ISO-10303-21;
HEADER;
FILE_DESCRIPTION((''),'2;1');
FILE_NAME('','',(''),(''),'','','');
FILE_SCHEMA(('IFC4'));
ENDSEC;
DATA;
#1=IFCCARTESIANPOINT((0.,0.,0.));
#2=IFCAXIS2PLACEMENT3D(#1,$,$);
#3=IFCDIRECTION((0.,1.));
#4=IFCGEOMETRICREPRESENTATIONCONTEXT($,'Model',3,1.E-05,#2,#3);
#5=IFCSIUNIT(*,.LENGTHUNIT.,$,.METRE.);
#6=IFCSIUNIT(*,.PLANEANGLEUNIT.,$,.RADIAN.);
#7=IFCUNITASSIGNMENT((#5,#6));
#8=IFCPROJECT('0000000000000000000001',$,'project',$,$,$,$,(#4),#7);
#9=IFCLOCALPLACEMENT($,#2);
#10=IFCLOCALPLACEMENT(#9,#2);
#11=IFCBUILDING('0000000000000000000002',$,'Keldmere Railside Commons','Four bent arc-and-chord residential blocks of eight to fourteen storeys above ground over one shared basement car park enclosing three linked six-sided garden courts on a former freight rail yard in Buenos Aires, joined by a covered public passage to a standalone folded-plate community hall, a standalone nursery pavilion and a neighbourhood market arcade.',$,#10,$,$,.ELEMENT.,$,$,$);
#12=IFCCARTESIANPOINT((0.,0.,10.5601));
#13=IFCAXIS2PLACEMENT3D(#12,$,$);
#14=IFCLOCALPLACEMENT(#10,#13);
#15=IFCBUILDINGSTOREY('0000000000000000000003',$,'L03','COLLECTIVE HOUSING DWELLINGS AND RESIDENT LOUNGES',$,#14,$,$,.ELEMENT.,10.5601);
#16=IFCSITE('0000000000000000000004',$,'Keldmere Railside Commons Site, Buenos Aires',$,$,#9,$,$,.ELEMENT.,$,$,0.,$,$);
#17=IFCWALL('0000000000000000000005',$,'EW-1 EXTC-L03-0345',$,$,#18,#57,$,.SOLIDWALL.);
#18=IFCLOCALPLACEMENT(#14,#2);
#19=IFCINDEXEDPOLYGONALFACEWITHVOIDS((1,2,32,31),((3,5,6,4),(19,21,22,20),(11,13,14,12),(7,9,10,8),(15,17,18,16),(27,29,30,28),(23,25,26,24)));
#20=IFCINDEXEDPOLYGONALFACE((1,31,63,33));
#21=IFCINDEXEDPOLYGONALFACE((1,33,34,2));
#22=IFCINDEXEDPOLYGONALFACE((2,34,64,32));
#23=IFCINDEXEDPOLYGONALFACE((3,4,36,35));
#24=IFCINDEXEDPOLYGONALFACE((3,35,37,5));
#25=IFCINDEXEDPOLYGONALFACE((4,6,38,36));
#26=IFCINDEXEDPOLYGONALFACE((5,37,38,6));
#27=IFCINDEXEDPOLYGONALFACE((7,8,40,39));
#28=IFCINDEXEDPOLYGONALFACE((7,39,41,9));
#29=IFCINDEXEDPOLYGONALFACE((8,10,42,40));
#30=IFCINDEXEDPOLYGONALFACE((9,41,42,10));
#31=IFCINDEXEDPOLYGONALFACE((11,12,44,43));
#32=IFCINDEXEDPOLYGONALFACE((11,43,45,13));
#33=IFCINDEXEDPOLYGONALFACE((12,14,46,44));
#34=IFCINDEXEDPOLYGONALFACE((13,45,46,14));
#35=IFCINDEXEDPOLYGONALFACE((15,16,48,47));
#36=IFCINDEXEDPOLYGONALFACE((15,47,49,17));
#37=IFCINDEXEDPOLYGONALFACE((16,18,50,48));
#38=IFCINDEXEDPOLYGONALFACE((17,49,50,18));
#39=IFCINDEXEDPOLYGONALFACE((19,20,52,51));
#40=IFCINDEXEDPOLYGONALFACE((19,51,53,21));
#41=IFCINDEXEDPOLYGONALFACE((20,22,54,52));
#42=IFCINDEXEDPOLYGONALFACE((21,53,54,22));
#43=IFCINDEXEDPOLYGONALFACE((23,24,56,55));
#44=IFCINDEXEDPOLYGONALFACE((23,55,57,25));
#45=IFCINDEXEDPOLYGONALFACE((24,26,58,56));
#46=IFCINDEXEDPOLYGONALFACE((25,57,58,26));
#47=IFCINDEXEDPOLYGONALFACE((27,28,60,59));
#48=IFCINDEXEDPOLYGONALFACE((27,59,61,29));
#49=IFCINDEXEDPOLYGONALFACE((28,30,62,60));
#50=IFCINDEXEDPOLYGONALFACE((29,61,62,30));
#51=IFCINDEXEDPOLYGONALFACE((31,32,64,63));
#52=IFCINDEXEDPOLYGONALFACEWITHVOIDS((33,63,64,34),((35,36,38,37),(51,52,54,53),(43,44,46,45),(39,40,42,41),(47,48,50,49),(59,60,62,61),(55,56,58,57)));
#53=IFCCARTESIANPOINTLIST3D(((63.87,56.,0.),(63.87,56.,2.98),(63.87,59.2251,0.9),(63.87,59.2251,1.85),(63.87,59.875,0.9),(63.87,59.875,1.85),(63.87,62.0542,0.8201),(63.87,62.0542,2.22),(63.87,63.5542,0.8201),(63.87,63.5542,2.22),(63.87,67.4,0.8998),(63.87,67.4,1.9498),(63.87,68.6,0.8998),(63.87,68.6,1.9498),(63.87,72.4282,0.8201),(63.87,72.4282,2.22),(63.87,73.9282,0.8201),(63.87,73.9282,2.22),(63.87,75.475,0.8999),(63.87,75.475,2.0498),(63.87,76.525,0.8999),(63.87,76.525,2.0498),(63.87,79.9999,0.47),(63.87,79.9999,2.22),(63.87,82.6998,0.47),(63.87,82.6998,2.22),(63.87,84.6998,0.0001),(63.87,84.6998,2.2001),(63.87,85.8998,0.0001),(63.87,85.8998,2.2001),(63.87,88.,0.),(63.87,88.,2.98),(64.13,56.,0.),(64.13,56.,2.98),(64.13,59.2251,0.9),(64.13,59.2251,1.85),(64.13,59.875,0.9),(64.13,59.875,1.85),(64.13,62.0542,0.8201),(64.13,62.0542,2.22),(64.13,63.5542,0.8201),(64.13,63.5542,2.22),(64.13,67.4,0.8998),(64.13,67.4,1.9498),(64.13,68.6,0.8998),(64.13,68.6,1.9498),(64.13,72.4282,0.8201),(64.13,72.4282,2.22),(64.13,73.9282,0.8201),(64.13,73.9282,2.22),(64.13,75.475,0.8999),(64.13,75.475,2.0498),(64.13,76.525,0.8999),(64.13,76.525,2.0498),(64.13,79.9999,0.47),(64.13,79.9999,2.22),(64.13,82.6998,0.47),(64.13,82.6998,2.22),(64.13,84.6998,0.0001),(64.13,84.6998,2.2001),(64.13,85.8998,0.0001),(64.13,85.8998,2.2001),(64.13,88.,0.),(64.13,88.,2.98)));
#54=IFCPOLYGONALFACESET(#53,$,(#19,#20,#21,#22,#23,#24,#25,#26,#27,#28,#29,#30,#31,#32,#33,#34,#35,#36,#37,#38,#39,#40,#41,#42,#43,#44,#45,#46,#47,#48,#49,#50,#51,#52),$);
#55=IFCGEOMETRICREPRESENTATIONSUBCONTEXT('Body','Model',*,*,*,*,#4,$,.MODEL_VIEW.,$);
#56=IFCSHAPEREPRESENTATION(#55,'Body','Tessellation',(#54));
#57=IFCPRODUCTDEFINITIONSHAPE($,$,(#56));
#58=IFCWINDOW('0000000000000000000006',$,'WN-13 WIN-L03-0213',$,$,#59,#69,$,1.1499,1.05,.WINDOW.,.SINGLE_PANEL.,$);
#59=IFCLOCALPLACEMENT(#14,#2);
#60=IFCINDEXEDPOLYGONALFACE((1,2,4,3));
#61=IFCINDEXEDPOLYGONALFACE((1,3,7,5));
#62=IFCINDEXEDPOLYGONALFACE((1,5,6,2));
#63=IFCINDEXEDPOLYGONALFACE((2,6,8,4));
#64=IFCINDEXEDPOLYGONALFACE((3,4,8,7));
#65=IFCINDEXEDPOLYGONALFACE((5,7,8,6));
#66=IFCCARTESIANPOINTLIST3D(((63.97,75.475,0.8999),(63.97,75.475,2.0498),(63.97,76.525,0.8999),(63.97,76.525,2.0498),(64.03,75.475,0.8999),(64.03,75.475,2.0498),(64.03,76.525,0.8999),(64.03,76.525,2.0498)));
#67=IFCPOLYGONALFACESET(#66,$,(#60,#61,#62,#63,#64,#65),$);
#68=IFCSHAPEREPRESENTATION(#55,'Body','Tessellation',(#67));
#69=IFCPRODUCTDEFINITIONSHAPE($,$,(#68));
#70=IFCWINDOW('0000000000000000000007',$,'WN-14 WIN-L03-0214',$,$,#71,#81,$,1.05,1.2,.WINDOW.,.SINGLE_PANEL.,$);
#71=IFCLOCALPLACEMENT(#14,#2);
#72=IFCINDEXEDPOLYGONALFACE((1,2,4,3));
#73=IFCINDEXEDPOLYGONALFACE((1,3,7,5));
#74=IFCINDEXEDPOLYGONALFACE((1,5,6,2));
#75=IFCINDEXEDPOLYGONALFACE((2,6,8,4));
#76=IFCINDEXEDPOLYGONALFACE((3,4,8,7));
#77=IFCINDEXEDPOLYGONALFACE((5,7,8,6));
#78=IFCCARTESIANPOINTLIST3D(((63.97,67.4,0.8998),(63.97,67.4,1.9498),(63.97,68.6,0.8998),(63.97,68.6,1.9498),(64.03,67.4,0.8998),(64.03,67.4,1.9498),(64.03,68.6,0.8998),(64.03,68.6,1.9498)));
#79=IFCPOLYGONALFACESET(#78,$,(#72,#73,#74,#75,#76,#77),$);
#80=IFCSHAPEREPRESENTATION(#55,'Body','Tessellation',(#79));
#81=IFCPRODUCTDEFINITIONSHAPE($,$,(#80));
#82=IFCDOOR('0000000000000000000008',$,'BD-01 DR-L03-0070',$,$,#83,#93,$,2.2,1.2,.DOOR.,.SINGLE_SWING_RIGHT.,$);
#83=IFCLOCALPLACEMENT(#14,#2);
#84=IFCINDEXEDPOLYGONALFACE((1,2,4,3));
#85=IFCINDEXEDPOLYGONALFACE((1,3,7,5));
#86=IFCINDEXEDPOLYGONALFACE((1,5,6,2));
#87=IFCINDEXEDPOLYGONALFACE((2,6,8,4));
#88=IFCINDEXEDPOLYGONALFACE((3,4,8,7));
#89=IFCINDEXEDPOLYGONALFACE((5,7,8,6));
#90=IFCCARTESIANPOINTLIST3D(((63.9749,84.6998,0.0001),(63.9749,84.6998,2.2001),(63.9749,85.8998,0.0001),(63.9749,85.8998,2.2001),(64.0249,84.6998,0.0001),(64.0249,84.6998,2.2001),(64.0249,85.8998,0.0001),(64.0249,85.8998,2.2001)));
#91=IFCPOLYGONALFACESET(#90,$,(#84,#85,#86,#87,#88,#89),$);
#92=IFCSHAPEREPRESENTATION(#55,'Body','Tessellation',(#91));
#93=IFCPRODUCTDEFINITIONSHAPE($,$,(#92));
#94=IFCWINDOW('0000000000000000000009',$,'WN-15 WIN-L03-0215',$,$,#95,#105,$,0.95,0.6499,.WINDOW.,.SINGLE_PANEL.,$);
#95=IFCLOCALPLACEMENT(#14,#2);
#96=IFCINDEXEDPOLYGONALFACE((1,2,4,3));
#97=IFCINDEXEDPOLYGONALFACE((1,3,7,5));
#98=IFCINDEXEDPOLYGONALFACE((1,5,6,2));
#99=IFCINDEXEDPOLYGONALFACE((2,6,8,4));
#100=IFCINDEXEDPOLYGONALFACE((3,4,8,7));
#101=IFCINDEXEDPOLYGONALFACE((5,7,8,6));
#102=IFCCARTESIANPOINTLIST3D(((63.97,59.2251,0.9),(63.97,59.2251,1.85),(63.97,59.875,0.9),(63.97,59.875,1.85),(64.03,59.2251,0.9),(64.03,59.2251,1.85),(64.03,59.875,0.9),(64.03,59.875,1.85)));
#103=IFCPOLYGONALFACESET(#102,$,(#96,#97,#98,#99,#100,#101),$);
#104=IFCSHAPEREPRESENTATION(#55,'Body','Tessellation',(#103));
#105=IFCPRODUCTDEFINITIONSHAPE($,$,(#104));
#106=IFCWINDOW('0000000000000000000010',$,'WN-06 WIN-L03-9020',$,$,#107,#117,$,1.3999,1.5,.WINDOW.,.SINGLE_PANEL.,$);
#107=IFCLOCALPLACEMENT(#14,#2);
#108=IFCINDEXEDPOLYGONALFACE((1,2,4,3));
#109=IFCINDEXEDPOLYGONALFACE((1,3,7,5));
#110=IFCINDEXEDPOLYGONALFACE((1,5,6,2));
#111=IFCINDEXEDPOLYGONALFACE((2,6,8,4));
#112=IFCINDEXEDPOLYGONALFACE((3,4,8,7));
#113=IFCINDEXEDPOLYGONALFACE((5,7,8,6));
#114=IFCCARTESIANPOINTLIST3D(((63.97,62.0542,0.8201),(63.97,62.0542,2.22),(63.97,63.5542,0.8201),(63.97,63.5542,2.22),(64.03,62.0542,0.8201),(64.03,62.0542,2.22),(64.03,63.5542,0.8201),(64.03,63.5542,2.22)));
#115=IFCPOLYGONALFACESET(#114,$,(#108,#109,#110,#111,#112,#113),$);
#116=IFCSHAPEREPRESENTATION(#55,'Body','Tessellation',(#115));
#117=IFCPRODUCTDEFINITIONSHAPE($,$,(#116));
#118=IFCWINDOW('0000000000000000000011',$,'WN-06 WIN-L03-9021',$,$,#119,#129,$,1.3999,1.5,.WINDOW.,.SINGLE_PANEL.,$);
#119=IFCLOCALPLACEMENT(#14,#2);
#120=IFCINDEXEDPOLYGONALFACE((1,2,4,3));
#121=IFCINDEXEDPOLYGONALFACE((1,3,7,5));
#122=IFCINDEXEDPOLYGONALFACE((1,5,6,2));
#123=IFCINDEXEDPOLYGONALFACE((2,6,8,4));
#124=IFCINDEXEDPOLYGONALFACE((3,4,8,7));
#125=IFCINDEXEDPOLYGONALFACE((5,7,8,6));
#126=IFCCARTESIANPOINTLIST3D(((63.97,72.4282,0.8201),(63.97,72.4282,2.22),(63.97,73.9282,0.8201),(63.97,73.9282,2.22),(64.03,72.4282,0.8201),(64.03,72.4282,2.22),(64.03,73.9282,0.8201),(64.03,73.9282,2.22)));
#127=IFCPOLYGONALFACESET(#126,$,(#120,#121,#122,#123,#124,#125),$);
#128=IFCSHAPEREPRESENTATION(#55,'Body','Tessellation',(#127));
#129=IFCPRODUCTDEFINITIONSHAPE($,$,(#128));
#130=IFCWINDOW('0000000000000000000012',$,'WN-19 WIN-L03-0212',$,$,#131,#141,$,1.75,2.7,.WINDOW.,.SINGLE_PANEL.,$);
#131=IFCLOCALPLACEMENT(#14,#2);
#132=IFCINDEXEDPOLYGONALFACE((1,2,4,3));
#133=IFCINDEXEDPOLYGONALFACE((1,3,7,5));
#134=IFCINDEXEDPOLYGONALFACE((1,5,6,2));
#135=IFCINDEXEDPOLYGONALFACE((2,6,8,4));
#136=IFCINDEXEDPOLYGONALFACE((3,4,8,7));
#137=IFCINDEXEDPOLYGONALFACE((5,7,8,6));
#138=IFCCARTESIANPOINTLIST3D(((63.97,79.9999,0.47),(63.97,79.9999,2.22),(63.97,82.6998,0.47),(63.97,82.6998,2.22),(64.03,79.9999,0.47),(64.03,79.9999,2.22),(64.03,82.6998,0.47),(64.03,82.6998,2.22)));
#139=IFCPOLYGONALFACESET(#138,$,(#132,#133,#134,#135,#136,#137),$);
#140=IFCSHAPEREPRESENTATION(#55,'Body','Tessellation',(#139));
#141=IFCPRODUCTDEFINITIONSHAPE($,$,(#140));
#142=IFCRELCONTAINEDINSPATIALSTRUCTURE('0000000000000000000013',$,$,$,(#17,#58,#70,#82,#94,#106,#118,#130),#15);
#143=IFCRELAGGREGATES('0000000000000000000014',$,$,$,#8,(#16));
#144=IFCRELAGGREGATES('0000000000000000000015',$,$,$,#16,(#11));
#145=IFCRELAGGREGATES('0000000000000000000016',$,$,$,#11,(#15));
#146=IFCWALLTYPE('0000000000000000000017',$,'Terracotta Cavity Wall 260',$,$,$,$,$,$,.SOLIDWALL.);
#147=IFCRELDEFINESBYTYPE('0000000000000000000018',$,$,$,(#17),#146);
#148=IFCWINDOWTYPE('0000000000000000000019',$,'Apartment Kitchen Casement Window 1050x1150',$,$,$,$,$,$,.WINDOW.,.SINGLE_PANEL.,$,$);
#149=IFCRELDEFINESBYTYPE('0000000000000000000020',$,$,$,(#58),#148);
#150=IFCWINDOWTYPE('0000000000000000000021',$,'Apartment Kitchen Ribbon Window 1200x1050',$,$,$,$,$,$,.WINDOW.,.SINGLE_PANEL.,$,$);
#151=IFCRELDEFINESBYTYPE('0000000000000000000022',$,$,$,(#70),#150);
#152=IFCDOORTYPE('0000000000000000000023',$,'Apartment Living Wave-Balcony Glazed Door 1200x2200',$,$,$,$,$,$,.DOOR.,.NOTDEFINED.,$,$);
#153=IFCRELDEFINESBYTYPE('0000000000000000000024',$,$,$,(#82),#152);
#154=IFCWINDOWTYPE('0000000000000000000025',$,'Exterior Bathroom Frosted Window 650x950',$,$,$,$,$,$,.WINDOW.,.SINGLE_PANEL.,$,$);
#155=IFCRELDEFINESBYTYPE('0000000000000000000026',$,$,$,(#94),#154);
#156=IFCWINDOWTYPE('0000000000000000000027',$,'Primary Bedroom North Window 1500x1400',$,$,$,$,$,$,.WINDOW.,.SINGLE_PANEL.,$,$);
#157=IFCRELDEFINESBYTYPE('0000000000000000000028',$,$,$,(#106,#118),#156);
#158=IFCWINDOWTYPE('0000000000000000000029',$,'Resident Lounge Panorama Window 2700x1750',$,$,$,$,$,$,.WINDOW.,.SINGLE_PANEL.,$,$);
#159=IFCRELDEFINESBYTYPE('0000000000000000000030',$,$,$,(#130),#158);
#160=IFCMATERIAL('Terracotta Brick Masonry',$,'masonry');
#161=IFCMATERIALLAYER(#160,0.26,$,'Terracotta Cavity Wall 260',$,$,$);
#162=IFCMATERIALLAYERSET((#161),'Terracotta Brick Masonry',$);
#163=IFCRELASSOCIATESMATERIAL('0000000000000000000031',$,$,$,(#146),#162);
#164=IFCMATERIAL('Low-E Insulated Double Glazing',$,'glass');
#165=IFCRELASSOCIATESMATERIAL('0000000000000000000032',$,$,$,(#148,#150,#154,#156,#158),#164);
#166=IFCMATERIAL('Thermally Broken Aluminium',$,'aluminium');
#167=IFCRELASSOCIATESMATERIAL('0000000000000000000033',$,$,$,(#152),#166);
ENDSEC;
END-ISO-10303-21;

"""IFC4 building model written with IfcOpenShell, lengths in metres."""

from ifc_helpers import new_model, si_unit, direction, frame, frame_2d, origin, place, context, subcontext, project, spatial, rectangle, extrude, material, layer, layer_set, type_object, element, fill, save


model = new_model("IFC4")

# Units and contexts
model_context = context("Model", 3, precision=1e-05, world=origin(), true_north=direction((0.0, 1.0)))
body_context = subcontext(model_context, "Body", "Model", "MODEL_VIEW")
ifc_project = project(units=[si_unit("LENGTHUNIT", "METRE"), si_unit("PLANEANGLEUNIT", "RADIAN")], contexts=[model_context])

# Site, building, storey
site_placement = place(None, origin())
site = spatial("IfcSite", under=ifc_project, at=site_placement, Name="Keldmere Railside Commons Site, Buenos Aires", CompositionType="ELEMENT", RefElevation=0.0)
building_placement = place(site_placement, origin())
building = spatial("IfcBuilding", under=site, at=building_placement, Name="Keldmere Railside Commons", Description="Four bent arc-and-chord residential blocks of eight to fourteen storeys above ground over one shared basement car park enclosing three linked six-sided garden courts on a former freight rail yard in Buenos Aires, joined by a covered public passage to a standalone folded-plate community hall, a standalone nursery pavilion and a neighbourhood market arcade.", CompositionType="ELEMENT")
storey_placement = place(building_placement, frame((0.0, 0.0, 10.5601)))
storey = spatial("IfcBuildingStorey", under=building, at=storey_placement, Name="L03", Description="COLLECTIVE HOUSING DWELLINGS AND RESIDENT LOUNGES", CompositionType="ELEMENT", Elevation=10.5601)

# Shared definitions
ifc_material_1 = material(Name="Thermally Broken Aluminium", Category="aluminium")
ifc_material_2 = material(Name="Low-E Insulated Double Glazing", Category="glass")

# Wall, openings, windows, door
ifc_material_3 = material(Name="Terracotta Brick Masonry", Category="masonry")
ifc_layer_1 = layer(ifc_material_3, 0.26, Name="Terracotta Cavity Wall 260")
ifc_layer_set_1 = layer_set([ifc_layer_1], Name="Terracotta Brick Masonry")
wall_type = type_object("IfcWallType", Name="Terracotta Cavity Wall 260", PredefinedType="SOLIDWALL", material=ifc_layer_set_1)
wall_placement = place(storey_placement, frame((64.0, 88.0, 0.0), z_axis=(0.0, 0.0, 1.0), x_axis=(0.0, -1.0, 0.0)))
wall = element("IfcWall", 1, at=wall_placement, inside=storey, type_object=wall_type, Name="EW-1 EXTC-L03-0345", PredefinedType="SOLIDWALL", context=body_context, shape_type="SweptSolid", body=[
    extrude(rectangle(XDim=32.0, YDim=0.26, at=frame_2d((16.0, 0.0))), origin(), (0.0, 0.0, 1.0), 2.98),
])
opening_1_placement = place(wall_placement, frame((2.1001, 0.0, 0.0)))
opening_1 = element("IfcOpeningElement", 2, at=opening_1_placement, cuts=wall, PredefinedType="OPENING", context=body_context, shape_type="SweptSolid", body=[
    extrude(rectangle(XDim=1.2, YDim=2.2, at=frame_2d((0.6001, 1.1001))), frame((0.0, 0.1399, 0.0), z_axis=(0.0, -1.0, 0.0), x_axis=(1.0, 0.0, 0.0)), (0.0, 0.0, 1.0), 0.28),
])
opening_2_placement = place(wall_placement, frame((5.3, 0.0, 0.47)))
opening_2 = element("IfcOpeningElement", 3, at=opening_2_placement, cuts=wall, PredefinedType="OPENING", context=body_context, shape_type="SweptSolid", body=[
    extrude(rectangle(XDim=2.7, YDim=1.75, at=frame_2d((1.3501, 0.875))), frame((0.0, 0.1399, 0.0), z_axis=(0.0, -1.0, 0.0), x_axis=(1.0, 0.0, 0.0)), (0.0, 0.0, 1.0), 0.28),
])
opening_3_placement = place(wall_placement, frame((11.4751, 0.0, 0.8999)))
opening_3 = element("IfcOpeningElement", 4, at=opening_3_placement, cuts=wall, PredefinedType="OPENING", context=body_context, shape_type="SweptSolid", body=[
    extrude(rectangle(XDim=1.05, YDim=1.1499, at=frame_2d((0.5249, 0.575))), frame((0.0, 0.1399, 0.0), z_axis=(0.0, -1.0, 0.0), x_axis=(1.0, 0.0, 0.0)), (0.0, 0.0, 1.0), 0.28),
])
opening_4_placement = place(wall_placement, frame((19.3999, 0.0, 0.8999)))
opening_4 = element("IfcOpeningElement", 5, at=opening_4_placement, cuts=wall, PredefinedType="OPENING", context=body_context, shape_type="SweptSolid", body=[
    extrude(rectangle(XDim=1.2, YDim=1.05, at=frame_2d((0.6001, 0.5249))), frame((0.0, 0.1399, 0.0), z_axis=(0.0, -1.0, 0.0), x_axis=(1.0, 0.0, 0.0)), (0.0, 0.0, 1.0), 0.28),
])
opening_5_placement = place(wall_placement, frame((28.125, 0.0, 0.8999)))
opening_5 = element("IfcOpeningElement", 6, at=opening_5_placement, cuts=wall, PredefinedType="OPENING", context=body_context, shape_type="SweptSolid", body=[
    extrude(rectangle(XDim=0.6499, YDim=0.95, at=frame_2d((0.325, 0.4751))), frame((0.0, 0.1399, 0.0), z_axis=(0.0, -1.0, 0.0), x_axis=(1.0, 0.0, 0.0)), (0.0, 0.0, 1.0), 0.28),
])
opening_6_placement = place(wall_placement, frame((24.4458, 0.0, 0.8201)))
opening_6 = element("IfcOpeningElement", 7, at=opening_6_placement, cuts=wall, PredefinedType="OPENING", context=body_context, shape_type="SweptSolid", body=[
    extrude(rectangle(XDim=1.5, YDim=1.3999, at=frame_2d((0.75, 0.7))), frame((0.0, 0.1399, 0.0), z_axis=(0.0, -1.0, 0.0), x_axis=(1.0, 0.0, 0.0)), (0.0, 0.0, 1.0), 0.28),
])
opening_7_placement = place(wall_placement, frame((14.0718, 0.0, 0.8201)))
opening_7 = element("IfcOpeningElement", 8, at=opening_7_placement, cuts=wall, PredefinedType="OPENING", context=body_context, shape_type="SweptSolid", body=[
    extrude(rectangle(XDim=1.5, YDim=1.3999, at=frame_2d((0.75, 0.7))), frame((0.0, 0.1399, 0.0), z_axis=(0.0, -1.0, 0.0), x_axis=(1.0, 0.0, 0.0)), (0.0, 0.0, 1.0), 0.28),
])
window_type_1 = type_object("IfcWindowType", Name="Apartment Kitchen Casement Window 1050x1150", PartitioningType="SINGLE_PANEL", PredefinedType="WINDOW", material=ifc_material_2)
window_1_placement = place(opening_3_placement, origin())
window_1 = element("IfcWindow", 9, at=window_1_placement, inside=storey, type_object=window_type_1, Name="WN-13 WIN-L03-0213", OverallHeight=1.1499, OverallWidth=1.05, PartitioningType="SINGLE_PANEL", PredefinedType="WINDOW", context=body_context, shape_type="SweptSolid", body=[
    extrude(rectangle(XDim=1.05, YDim=1.1499, at=frame_2d((0.5249, 0.575))), frame((0.0, 0.03, 0.0), z_axis=(0.0, -1.0, 0.0), x_axis=(1.0, 0.0, 0.0)), (0.0, 0.0, 1.0), 0.0601),
])
fill(opening_3, window_1)
window_type_2 = type_object("IfcWindowType", Name="Apartment Kitchen Ribbon Window 1200x1050", PartitioningType="SINGLE_PANEL", PredefinedType="WINDOW", material=ifc_material_2)
window_2_placement = place(opening_4_placement, origin())
window_2 = element("IfcWindow", 10, at=window_2_placement, inside=storey, type_object=window_type_2, Name="WN-14 WIN-L03-0214", OverallHeight=1.05, OverallWidth=1.2, PartitioningType="SINGLE_PANEL", PredefinedType="WINDOW", context=body_context, shape_type="SweptSolid", body=[
    extrude(rectangle(XDim=1.2, YDim=1.05, at=frame_2d((0.6001, 0.5249))), frame((0.0, 0.03, 0.0), z_axis=(0.0, -1.0, 0.0), x_axis=(1.0, 0.0, 0.0)), (0.0, 0.0, 1.0), 0.0601),
])
fill(opening_4, window_2)
door_type = type_object("IfcDoorType", Name="Apartment Living Wave-Balcony Glazed Door 1200x2200", OperationType="NOTDEFINED", PredefinedType="DOOR", material=ifc_material_1)
door_placement = place(opening_1_placement, origin())
door = element("IfcDoor", 11, at=door_placement, inside=storey, type_object=door_type, Name="BD-01 DR-L03-0070", OperationType="SINGLE_SWING_RIGHT", OverallHeight=2.2, OverallWidth=1.2, PredefinedType="DOOR", context=body_context, shape_type="SweptSolid", body=[
    extrude(rectangle(XDim=1.2, YDim=2.2, at=frame_2d((0.6001, 1.1001))), frame((0.0, 0.0249, 0.0), z_axis=(0.0, -1.0, 0.0), x_axis=(1.0, 0.0, 0.0)), (0.0, 0.0, 1.0), 0.05),
])
fill(opening_1, door)
window_type_3 = type_object("IfcWindowType", Name="Exterior Bathroom Frosted Window 650x950", PartitioningType="SINGLE_PANEL", PredefinedType="WINDOW", material=ifc_material_2)
window_3_placement = place(opening_5_placement, origin())
window_3 = element("IfcWindow", 12, at=window_3_placement, inside=storey, type_object=window_type_3, Name="WN-15 WIN-L03-0215", OverallHeight=0.95, OverallWidth=0.6499, PartitioningType="SINGLE_PANEL", PredefinedType="WINDOW", context=body_context, shape_type="SweptSolid", body=[
    extrude(rectangle(XDim=0.6499, YDim=0.95, at=frame_2d((0.325, 0.4751))), frame((0.0, 0.03, 0.0), z_axis=(0.0, -1.0, 0.0), x_axis=(1.0, 0.0, 0.0)), (0.0, 0.0, 1.0), 0.0601),
])
fill(opening_5, window_3)
window_type_4 = type_object("IfcWindowType", Name="Primary Bedroom North Window 1500x1400", PartitioningType="SINGLE_PANEL", PredefinedType="WINDOW", material=ifc_material_2)
window_4_placement = place(opening_6_placement, origin())
window_4 = element("IfcWindow", 13, at=window_4_placement, inside=storey, type_object=window_type_4, Name="WN-06 WIN-L03-9020", OverallHeight=1.3999, OverallWidth=1.5, PartitioningType="SINGLE_PANEL", PredefinedType="WINDOW", context=body_context, shape_type="SweptSolid", body=[
    extrude(rectangle(XDim=1.5, YDim=1.3999, at=frame_2d((0.75, 0.7))), frame((0.0, 0.03, 0.0), z_axis=(0.0, -1.0, 0.0), x_axis=(1.0, 0.0, 0.0)), (0.0, 0.0, 1.0), 0.0601),
])
fill(opening_6, window_4)
window_5_placement = place(opening_7_placement, origin())
window_5 = element("IfcWindow", 14, at=window_5_placement, inside=storey, type_object=window_type_4, Name="WN-06 WIN-L03-9021", OverallHeight=1.3999, OverallWidth=1.5, PartitioningType="SINGLE_PANEL", PredefinedType="WINDOW", context=body_context, shape_type="SweptSolid", body=[
    extrude(rectangle(XDim=1.5, YDim=1.3999, at=frame_2d((0.75, 0.7))), frame((0.0, 0.03, 0.0), z_axis=(0.0, -1.0, 0.0), x_axis=(1.0, 0.0, 0.0)), (0.0, 0.0, 1.0), 0.0601),
])
fill(opening_7, window_5)
window_type_5 = type_object("IfcWindowType", Name="Resident Lounge Panorama Window 2700x1750", PartitioningType="SINGLE_PANEL", PredefinedType="WINDOW", material=ifc_material_2)
window_6_placement = place(opening_2_placement, origin())
window_6 = element("IfcWindow", 15, at=window_6_placement, inside=storey, type_object=window_type_5, Name="WN-19 WIN-L03-0212", OverallHeight=1.75, OverallWidth=2.7, PartitioningType="SINGLE_PANEL", PredefinedType="WINDOW", context=body_context, shape_type="SweptSolid", body=[
    extrude(rectangle(XDim=2.7, YDim=1.75, at=frame_2d((1.3501, 0.875))), frame((0.0, 0.03, 0.0), z_axis=(0.0, -1.0, 0.0), x_axis=(1.0, 0.0, 0.0)), (0.0, 0.0, 1.0), 0.0601),
])
fill(opening_2, window_6)

save(model, "model.ifc")
